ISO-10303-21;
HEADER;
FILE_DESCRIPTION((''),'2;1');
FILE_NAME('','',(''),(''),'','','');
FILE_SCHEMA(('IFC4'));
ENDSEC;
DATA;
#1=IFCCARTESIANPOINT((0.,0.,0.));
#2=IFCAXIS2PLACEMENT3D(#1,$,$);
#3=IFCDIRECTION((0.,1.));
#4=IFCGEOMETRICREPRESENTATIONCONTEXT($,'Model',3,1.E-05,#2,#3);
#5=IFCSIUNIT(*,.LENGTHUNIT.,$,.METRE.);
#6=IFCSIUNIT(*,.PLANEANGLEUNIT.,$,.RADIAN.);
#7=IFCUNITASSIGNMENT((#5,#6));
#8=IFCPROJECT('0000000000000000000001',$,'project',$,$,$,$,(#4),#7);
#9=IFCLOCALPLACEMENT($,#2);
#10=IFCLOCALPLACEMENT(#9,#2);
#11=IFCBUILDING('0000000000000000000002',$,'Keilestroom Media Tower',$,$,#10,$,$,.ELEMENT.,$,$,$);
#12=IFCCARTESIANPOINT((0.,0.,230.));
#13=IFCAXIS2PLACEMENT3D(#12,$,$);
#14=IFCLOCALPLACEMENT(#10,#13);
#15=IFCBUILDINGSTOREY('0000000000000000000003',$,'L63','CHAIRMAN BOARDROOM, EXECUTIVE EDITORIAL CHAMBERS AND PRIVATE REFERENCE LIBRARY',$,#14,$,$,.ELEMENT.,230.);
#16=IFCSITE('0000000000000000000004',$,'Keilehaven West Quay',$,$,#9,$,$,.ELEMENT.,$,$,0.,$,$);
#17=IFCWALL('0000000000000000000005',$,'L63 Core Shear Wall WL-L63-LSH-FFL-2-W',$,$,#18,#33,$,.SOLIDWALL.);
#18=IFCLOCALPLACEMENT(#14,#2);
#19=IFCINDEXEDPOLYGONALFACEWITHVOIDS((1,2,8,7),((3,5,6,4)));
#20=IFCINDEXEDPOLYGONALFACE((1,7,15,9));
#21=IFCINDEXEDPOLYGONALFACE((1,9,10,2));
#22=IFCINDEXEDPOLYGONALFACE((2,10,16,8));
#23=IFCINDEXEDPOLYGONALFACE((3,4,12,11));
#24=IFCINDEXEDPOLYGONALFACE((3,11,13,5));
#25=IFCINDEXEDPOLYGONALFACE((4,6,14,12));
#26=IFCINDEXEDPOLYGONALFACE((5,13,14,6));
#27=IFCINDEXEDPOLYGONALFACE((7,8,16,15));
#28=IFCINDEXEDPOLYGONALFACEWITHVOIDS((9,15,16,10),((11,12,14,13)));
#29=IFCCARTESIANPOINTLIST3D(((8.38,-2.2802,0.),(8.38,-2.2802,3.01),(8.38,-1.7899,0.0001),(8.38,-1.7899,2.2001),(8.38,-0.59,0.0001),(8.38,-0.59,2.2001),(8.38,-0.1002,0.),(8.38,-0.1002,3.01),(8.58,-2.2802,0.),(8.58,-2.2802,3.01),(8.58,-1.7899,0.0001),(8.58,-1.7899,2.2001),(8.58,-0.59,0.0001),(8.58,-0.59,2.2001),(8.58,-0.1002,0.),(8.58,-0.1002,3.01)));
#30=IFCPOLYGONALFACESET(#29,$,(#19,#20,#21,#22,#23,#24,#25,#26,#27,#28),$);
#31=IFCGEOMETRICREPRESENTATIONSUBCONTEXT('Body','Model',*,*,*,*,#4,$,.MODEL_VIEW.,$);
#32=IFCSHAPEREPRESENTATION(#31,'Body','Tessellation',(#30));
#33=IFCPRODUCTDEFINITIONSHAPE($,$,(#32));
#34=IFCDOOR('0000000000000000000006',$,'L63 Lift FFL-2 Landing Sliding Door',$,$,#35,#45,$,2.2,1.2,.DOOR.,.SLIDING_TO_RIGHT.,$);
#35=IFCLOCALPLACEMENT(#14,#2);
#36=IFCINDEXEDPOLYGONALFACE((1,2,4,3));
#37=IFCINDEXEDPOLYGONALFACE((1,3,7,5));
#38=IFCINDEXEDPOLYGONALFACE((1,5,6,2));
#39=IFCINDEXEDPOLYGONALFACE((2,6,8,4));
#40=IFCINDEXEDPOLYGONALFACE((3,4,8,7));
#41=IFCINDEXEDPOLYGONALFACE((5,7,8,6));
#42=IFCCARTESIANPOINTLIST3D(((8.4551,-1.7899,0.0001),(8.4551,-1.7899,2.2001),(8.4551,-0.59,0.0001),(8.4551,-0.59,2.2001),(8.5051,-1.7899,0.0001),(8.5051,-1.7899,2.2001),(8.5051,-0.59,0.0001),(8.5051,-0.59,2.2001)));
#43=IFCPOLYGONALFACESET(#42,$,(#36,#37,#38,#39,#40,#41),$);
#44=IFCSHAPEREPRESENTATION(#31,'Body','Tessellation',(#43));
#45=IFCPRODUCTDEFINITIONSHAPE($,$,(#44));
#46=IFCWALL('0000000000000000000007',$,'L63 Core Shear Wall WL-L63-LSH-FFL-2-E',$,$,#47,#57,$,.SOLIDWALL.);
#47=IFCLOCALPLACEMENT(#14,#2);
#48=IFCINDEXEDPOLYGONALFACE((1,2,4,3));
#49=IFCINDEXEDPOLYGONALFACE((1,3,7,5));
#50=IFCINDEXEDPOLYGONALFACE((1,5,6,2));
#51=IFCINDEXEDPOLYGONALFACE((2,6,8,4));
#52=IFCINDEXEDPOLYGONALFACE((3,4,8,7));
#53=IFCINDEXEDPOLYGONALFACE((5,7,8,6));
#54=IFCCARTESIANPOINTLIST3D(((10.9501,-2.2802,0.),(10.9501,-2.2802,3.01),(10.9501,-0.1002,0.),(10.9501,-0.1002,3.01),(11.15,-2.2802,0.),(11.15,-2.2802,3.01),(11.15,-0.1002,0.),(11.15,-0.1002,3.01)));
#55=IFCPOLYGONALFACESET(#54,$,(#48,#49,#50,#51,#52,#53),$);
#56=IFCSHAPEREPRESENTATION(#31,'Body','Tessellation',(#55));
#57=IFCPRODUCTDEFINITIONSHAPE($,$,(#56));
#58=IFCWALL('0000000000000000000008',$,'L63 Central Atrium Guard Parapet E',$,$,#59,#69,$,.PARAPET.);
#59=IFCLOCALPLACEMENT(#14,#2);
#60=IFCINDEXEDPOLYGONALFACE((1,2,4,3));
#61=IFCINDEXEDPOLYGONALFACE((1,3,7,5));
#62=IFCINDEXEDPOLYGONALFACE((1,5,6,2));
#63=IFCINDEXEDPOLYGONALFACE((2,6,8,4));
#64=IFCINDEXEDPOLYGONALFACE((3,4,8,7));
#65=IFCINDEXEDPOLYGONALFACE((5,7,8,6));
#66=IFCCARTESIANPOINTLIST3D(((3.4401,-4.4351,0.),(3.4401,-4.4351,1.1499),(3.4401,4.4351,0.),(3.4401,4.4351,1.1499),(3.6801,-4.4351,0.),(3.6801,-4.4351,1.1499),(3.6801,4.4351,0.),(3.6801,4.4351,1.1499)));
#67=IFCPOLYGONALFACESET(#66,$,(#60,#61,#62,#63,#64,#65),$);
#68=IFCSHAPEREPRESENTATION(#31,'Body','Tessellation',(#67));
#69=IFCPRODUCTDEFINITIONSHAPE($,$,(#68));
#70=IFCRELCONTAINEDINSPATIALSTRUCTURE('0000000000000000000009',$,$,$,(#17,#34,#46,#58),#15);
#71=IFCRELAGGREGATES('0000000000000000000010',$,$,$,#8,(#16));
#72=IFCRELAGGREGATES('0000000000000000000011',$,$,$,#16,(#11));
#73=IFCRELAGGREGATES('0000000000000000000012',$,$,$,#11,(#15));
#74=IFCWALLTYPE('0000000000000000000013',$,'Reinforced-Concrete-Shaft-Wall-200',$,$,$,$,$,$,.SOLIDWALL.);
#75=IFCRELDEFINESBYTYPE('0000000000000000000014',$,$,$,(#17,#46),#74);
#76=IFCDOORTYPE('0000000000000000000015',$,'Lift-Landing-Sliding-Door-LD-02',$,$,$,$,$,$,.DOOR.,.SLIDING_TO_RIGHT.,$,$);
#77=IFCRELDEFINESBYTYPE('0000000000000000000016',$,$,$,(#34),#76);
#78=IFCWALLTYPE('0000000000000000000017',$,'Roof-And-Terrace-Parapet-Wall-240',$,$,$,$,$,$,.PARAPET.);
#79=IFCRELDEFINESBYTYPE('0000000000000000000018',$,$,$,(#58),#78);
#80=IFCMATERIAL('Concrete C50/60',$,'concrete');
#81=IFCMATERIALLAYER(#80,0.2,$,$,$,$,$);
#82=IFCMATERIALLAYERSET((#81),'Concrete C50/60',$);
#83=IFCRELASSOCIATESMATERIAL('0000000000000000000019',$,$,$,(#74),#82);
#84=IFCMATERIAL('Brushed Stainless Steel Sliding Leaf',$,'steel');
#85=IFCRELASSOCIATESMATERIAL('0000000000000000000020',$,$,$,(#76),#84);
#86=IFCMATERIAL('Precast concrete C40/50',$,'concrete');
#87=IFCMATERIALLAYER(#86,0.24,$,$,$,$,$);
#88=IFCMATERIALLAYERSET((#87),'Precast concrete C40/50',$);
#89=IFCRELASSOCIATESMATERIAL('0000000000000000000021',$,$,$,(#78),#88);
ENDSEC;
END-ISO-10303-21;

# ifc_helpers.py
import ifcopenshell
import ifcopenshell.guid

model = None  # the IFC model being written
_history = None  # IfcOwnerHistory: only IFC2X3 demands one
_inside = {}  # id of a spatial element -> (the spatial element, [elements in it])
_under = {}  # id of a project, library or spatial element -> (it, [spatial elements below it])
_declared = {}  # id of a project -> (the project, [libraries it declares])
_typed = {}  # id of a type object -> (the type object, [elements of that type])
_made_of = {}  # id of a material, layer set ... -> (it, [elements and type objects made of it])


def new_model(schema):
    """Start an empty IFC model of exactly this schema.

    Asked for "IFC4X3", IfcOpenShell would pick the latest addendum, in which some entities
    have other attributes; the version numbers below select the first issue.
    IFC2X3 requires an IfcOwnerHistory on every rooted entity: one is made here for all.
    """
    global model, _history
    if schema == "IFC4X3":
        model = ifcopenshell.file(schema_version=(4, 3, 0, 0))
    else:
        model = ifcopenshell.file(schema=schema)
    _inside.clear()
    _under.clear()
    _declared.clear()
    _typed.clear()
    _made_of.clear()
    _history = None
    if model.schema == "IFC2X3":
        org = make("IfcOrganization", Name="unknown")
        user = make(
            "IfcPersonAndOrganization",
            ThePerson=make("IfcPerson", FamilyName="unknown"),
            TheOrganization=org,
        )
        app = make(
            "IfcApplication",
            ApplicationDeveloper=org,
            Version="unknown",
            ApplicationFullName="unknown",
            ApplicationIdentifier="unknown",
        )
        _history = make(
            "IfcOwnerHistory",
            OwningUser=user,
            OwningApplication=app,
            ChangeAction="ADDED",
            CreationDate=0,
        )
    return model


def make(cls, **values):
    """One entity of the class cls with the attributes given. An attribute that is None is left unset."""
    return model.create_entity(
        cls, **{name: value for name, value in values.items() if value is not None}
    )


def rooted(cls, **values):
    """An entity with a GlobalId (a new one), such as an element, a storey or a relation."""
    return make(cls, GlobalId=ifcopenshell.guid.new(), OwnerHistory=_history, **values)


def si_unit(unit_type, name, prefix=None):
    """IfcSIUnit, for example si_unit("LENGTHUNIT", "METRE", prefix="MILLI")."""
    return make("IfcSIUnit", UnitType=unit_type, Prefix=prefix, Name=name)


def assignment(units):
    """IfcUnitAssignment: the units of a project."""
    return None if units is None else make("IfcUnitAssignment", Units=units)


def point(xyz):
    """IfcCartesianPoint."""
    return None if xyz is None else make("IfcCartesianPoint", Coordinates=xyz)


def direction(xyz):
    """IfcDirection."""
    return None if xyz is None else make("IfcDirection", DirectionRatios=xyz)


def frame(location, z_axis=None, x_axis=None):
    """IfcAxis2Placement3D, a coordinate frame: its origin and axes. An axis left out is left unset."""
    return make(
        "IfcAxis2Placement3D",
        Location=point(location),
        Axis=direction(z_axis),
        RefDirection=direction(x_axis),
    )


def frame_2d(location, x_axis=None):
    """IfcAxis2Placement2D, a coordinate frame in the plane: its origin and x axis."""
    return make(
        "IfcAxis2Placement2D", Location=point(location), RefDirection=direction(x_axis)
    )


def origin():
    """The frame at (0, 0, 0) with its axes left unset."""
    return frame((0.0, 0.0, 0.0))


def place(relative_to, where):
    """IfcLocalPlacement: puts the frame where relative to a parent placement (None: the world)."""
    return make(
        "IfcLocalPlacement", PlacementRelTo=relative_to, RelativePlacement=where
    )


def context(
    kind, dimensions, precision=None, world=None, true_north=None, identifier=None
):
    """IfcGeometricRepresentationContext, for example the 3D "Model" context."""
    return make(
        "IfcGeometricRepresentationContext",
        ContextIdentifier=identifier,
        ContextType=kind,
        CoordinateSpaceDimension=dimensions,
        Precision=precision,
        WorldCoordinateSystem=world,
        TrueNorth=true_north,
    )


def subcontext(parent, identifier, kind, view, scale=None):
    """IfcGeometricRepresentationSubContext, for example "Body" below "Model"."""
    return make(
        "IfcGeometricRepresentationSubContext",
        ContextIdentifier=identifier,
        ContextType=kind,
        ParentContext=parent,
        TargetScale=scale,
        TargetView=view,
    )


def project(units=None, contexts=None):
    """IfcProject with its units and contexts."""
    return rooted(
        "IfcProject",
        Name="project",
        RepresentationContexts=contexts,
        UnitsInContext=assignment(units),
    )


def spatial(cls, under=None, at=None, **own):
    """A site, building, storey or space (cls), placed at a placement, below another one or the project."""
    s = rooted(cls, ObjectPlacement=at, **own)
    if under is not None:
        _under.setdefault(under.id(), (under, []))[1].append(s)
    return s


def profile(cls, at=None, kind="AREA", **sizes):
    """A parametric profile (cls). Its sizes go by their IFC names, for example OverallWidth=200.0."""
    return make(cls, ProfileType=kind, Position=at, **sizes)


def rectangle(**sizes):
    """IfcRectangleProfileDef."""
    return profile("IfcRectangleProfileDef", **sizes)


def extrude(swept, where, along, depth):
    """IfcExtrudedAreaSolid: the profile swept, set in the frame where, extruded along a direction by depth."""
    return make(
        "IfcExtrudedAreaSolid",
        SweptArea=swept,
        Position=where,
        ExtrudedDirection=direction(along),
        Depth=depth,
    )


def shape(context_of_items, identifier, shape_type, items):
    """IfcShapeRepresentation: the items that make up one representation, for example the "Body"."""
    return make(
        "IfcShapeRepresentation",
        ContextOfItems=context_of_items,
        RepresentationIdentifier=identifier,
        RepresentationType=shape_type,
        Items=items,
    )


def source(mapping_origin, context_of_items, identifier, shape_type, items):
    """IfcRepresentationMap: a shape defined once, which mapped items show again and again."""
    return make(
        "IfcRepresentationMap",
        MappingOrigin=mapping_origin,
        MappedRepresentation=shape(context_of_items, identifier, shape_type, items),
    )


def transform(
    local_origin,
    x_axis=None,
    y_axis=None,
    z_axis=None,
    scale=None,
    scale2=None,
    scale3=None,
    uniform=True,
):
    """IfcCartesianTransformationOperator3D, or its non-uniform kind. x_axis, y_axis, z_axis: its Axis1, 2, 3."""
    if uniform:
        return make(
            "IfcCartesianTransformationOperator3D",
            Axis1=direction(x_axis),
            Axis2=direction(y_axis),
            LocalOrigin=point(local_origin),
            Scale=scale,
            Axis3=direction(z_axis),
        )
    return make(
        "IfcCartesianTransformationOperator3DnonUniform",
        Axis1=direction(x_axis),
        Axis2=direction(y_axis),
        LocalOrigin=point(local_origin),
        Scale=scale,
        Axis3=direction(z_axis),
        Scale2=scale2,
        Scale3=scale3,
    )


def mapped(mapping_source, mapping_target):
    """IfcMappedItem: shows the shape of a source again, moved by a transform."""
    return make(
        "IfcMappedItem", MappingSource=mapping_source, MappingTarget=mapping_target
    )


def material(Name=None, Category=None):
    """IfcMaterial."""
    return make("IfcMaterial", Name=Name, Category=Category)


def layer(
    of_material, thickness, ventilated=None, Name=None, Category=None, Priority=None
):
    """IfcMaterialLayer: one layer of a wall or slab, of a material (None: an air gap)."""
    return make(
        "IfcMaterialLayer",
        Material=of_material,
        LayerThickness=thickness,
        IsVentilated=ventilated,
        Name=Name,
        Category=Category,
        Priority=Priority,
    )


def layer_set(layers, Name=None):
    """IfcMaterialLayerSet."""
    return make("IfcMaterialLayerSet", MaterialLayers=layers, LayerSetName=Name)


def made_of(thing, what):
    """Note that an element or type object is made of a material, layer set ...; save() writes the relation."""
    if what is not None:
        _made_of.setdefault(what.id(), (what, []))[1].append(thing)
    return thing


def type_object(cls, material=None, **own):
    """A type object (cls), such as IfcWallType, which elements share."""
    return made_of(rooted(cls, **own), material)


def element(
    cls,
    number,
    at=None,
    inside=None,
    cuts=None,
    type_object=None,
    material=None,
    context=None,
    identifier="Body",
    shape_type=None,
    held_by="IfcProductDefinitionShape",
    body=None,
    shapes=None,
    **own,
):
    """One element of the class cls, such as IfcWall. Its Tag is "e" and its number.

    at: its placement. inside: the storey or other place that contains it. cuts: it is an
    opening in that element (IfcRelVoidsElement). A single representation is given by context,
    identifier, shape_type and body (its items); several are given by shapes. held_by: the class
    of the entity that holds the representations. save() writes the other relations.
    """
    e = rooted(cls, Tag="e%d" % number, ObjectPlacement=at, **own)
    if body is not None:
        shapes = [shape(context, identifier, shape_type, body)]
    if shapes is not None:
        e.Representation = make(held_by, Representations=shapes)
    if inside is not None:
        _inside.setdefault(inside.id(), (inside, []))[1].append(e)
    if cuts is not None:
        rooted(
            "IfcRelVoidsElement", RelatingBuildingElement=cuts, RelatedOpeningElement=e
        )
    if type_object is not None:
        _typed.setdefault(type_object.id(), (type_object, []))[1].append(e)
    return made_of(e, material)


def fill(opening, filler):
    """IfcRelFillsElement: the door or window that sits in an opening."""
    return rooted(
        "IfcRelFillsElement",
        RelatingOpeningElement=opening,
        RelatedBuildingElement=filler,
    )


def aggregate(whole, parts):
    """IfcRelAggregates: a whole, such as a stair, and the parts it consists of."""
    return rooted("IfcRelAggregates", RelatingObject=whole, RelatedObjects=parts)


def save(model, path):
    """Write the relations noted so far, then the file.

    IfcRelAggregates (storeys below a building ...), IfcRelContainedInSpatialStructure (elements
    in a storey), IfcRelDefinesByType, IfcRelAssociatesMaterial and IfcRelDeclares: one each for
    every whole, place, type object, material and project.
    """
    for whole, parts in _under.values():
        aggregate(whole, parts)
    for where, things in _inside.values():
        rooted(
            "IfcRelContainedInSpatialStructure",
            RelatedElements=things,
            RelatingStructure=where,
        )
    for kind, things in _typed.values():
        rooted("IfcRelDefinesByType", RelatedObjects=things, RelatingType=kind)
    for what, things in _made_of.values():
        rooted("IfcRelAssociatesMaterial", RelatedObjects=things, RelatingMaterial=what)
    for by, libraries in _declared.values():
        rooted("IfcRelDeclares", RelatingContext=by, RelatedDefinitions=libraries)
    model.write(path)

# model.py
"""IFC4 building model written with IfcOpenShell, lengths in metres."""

from ifc_helpers import new_model, si_unit, direction, frame, frame_2d, origin, place, context, subcontext, project, spatial, rectangle, extrude, source, transform, mapped, material, layer, layer_set, type_object, element, fill, save


model = new_model("IFC4")

# Units and contexts
model_context = context("Model", 3, precision=1e-05, world=origin(), true_north=direction((0.0, 1.0)))
body_context = subcontext(model_context, "Body", "Model", "MODEL_VIEW")
ifc_project = project(units=[si_unit("LENGTHUNIT", "METRE"), si_unit("PLANEANGLEUNIT", "RADIAN")], contexts=[model_context])

# Site, building, storey
site_placement = place(None, origin())
site = spatial("IfcSite", under=ifc_project, at=site_placement, Name="Keilehaven West Quay", CompositionType="ELEMENT", RefElevation=0.0)
building_placement = place(site_placement, origin())
building = spatial("IfcBuilding", under=site, at=building_placement, Name="Keilestroom Media Tower", CompositionType="ELEMENT")
storey_placement = place(building_placement, frame((0.0, 0.0, 230.0)))
storey = spatial("IfcBuildingStorey", under=building, at=storey_placement, Name="L63", Description="CHAIRMAN BOARDROOM, EXECUTIVE EDITORIAL CHAMBERS AND PRIVATE REFERENCE LIBRARY", CompositionType="ELEMENT", Elevation=230.0)

# Shared definitions
ifc_material_1 = material(Name="Concrete C50/60", Category="concrete")

# Shared definitions
shared_shape_1 = source(origin(), body_context, "Body", "SweptSolid", [
    extrude(rectangle(XDim=1.2, YDim=2.2, at=frame_2d((0.6001, 1.1001))), frame((0.0, 0.0249, 0.0), z_axis=(0.0, -1.0, 0.0), x_axis=(1.0, 0.0, 0.0)), (0.0, 0.0, 1.0), 0.05),
])

# Shared definitions
ifc_layer_1 = layer(ifc_material_1, 0.2)
ifc_layer_set_1 = layer_set([ifc_layer_1], Name="Concrete C50/60")
wall_type_1 = type_object("IfcWallType", Name="Reinforced-Concrete-Shaft-Wall-200", PredefinedType="SOLIDWALL", material=ifc_layer_set_1)

# Wall, opening, door
wall_1_placement = place(storey_placement, frame((8.48, -2.28, 0.0), z_axis=(0.0, 0.0, 1.0), x_axis=(0.0, 1.0, 0.0)))
wall_1 = element("IfcWall", 1, at=wall_1_placement, inside=storey, type_object=wall_type_1, Name="L63 Core Shear Wall WL-L63-LSH-FFL-2-W", PredefinedType="SOLIDWALL", context=body_context, shape_type="SweptSolid", body=[
    extrude(rectangle(XDim=2.1799, YDim=0.2, at=frame_2d((1.0898, 0.0))), origin(), (0.0, 0.0, 1.0), 3.01),
])
opening_1_placement = place(wall_1_placement, frame((0.49, 0.0, 0.0)))
opening_1 = element("IfcOpeningElement", 2, at=opening_1_placement, cuts=wall_1, PredefinedType="OPENING", context=body_context, shape_type="SweptSolid", body=[
    extrude(rectangle(XDim=1.2, YDim=2.2, at=frame_2d((0.6001, 1.1001))), frame((0.0, 0.1099, 0.0), z_axis=(0.0, -1.0, 0.0), x_axis=(1.0, 0.0, 0.0)), (0.0, 0.0, 1.0), 0.22),
])
ifc_material_2 = material(Name="Brushed Stainless Steel Sliding Leaf", Category="steel")
door_type_1 = type_object("IfcDoorType", Name="Lift-Landing-Sliding-Door-LD-02", OperationType="SLIDING_TO_RIGHT", PredefinedType="DOOR", material=ifc_material_2)
door_1_placement = place(opening_1_placement, origin())
door_1 = element("IfcDoor", 3, at=door_1_placement, inside=storey, type_object=door_type_1, Name="L63 Lift FFL-2 Landing Sliding Door", OperationType="SLIDING_TO_RIGHT", OverallHeight=2.2, OverallWidth=1.2, PredefinedType="DOOR", context=body_context, shape_type="MappedRepresentation", body=[
    mapped(shared_shape_1, transform((0.0, 0.0, 0.0), x_axis=(1.0, 0.0, 0.0), y_axis=(0.0, 1.0, 0.0), z_axis=(0.0, 0.0, 1.0), scale=1.0)),
])
fill(opening_1, door_1)

# Walls
wall_2_placement = place(storey_placement, frame((11.05, -2.28, 0.0), z_axis=(0.0, 0.0, 1.0), x_axis=(0.0, 1.0, 0.0)))
element("IfcWall", 4, at=wall_2_placement, inside=storey, type_object=wall_type_1, Name="L63 Core Shear Wall WL-L63-LSH-FFL-2-E", PredefinedType="SOLIDWALL", context=body_context, shape_type="SweptSolid", body=[
    extrude(rectangle(XDim=2.1799, YDim=0.2, at=frame_2d((1.0898, 0.0))), origin(), (0.0, 0.0, 1.0), 3.01),
])
ifc_material_3 = material(Name="Precast concrete C40/50", Category="concrete")
ifc_layer_2 = layer(ifc_material_3, 0.24)
ifc_layer_set_2 = layer_set([ifc_layer_2], Name="Precast concrete C40/50")
wall_type_2 = type_object("IfcWallType", Name="Roof-And-Terrace-Parapet-Wall-240", PredefinedType="PARAPET", material=ifc_layer_set_2)
wall_3_placement = place(storey_placement, frame((3.5601, -4.4351, 0.0), z_axis=(0.0, 0.0, 1.0), x_axis=(0.0, 1.0, 0.0)))
element("IfcWall", 5, at=wall_3_placement, inside=storey, type_object=wall_type_2, Name="L63 Central Atrium Guard Parapet E", PredefinedType="PARAPET", context=body_context, shape_type="SweptSolid", body=[
    extrude(rectangle(XDim=8.8701, YDim=0.24, at=frame_2d((4.4351, 0.0))), origin(), (0.0, 0.0, 1.0), 1.1499),
])

save(model, "model.ifc")
